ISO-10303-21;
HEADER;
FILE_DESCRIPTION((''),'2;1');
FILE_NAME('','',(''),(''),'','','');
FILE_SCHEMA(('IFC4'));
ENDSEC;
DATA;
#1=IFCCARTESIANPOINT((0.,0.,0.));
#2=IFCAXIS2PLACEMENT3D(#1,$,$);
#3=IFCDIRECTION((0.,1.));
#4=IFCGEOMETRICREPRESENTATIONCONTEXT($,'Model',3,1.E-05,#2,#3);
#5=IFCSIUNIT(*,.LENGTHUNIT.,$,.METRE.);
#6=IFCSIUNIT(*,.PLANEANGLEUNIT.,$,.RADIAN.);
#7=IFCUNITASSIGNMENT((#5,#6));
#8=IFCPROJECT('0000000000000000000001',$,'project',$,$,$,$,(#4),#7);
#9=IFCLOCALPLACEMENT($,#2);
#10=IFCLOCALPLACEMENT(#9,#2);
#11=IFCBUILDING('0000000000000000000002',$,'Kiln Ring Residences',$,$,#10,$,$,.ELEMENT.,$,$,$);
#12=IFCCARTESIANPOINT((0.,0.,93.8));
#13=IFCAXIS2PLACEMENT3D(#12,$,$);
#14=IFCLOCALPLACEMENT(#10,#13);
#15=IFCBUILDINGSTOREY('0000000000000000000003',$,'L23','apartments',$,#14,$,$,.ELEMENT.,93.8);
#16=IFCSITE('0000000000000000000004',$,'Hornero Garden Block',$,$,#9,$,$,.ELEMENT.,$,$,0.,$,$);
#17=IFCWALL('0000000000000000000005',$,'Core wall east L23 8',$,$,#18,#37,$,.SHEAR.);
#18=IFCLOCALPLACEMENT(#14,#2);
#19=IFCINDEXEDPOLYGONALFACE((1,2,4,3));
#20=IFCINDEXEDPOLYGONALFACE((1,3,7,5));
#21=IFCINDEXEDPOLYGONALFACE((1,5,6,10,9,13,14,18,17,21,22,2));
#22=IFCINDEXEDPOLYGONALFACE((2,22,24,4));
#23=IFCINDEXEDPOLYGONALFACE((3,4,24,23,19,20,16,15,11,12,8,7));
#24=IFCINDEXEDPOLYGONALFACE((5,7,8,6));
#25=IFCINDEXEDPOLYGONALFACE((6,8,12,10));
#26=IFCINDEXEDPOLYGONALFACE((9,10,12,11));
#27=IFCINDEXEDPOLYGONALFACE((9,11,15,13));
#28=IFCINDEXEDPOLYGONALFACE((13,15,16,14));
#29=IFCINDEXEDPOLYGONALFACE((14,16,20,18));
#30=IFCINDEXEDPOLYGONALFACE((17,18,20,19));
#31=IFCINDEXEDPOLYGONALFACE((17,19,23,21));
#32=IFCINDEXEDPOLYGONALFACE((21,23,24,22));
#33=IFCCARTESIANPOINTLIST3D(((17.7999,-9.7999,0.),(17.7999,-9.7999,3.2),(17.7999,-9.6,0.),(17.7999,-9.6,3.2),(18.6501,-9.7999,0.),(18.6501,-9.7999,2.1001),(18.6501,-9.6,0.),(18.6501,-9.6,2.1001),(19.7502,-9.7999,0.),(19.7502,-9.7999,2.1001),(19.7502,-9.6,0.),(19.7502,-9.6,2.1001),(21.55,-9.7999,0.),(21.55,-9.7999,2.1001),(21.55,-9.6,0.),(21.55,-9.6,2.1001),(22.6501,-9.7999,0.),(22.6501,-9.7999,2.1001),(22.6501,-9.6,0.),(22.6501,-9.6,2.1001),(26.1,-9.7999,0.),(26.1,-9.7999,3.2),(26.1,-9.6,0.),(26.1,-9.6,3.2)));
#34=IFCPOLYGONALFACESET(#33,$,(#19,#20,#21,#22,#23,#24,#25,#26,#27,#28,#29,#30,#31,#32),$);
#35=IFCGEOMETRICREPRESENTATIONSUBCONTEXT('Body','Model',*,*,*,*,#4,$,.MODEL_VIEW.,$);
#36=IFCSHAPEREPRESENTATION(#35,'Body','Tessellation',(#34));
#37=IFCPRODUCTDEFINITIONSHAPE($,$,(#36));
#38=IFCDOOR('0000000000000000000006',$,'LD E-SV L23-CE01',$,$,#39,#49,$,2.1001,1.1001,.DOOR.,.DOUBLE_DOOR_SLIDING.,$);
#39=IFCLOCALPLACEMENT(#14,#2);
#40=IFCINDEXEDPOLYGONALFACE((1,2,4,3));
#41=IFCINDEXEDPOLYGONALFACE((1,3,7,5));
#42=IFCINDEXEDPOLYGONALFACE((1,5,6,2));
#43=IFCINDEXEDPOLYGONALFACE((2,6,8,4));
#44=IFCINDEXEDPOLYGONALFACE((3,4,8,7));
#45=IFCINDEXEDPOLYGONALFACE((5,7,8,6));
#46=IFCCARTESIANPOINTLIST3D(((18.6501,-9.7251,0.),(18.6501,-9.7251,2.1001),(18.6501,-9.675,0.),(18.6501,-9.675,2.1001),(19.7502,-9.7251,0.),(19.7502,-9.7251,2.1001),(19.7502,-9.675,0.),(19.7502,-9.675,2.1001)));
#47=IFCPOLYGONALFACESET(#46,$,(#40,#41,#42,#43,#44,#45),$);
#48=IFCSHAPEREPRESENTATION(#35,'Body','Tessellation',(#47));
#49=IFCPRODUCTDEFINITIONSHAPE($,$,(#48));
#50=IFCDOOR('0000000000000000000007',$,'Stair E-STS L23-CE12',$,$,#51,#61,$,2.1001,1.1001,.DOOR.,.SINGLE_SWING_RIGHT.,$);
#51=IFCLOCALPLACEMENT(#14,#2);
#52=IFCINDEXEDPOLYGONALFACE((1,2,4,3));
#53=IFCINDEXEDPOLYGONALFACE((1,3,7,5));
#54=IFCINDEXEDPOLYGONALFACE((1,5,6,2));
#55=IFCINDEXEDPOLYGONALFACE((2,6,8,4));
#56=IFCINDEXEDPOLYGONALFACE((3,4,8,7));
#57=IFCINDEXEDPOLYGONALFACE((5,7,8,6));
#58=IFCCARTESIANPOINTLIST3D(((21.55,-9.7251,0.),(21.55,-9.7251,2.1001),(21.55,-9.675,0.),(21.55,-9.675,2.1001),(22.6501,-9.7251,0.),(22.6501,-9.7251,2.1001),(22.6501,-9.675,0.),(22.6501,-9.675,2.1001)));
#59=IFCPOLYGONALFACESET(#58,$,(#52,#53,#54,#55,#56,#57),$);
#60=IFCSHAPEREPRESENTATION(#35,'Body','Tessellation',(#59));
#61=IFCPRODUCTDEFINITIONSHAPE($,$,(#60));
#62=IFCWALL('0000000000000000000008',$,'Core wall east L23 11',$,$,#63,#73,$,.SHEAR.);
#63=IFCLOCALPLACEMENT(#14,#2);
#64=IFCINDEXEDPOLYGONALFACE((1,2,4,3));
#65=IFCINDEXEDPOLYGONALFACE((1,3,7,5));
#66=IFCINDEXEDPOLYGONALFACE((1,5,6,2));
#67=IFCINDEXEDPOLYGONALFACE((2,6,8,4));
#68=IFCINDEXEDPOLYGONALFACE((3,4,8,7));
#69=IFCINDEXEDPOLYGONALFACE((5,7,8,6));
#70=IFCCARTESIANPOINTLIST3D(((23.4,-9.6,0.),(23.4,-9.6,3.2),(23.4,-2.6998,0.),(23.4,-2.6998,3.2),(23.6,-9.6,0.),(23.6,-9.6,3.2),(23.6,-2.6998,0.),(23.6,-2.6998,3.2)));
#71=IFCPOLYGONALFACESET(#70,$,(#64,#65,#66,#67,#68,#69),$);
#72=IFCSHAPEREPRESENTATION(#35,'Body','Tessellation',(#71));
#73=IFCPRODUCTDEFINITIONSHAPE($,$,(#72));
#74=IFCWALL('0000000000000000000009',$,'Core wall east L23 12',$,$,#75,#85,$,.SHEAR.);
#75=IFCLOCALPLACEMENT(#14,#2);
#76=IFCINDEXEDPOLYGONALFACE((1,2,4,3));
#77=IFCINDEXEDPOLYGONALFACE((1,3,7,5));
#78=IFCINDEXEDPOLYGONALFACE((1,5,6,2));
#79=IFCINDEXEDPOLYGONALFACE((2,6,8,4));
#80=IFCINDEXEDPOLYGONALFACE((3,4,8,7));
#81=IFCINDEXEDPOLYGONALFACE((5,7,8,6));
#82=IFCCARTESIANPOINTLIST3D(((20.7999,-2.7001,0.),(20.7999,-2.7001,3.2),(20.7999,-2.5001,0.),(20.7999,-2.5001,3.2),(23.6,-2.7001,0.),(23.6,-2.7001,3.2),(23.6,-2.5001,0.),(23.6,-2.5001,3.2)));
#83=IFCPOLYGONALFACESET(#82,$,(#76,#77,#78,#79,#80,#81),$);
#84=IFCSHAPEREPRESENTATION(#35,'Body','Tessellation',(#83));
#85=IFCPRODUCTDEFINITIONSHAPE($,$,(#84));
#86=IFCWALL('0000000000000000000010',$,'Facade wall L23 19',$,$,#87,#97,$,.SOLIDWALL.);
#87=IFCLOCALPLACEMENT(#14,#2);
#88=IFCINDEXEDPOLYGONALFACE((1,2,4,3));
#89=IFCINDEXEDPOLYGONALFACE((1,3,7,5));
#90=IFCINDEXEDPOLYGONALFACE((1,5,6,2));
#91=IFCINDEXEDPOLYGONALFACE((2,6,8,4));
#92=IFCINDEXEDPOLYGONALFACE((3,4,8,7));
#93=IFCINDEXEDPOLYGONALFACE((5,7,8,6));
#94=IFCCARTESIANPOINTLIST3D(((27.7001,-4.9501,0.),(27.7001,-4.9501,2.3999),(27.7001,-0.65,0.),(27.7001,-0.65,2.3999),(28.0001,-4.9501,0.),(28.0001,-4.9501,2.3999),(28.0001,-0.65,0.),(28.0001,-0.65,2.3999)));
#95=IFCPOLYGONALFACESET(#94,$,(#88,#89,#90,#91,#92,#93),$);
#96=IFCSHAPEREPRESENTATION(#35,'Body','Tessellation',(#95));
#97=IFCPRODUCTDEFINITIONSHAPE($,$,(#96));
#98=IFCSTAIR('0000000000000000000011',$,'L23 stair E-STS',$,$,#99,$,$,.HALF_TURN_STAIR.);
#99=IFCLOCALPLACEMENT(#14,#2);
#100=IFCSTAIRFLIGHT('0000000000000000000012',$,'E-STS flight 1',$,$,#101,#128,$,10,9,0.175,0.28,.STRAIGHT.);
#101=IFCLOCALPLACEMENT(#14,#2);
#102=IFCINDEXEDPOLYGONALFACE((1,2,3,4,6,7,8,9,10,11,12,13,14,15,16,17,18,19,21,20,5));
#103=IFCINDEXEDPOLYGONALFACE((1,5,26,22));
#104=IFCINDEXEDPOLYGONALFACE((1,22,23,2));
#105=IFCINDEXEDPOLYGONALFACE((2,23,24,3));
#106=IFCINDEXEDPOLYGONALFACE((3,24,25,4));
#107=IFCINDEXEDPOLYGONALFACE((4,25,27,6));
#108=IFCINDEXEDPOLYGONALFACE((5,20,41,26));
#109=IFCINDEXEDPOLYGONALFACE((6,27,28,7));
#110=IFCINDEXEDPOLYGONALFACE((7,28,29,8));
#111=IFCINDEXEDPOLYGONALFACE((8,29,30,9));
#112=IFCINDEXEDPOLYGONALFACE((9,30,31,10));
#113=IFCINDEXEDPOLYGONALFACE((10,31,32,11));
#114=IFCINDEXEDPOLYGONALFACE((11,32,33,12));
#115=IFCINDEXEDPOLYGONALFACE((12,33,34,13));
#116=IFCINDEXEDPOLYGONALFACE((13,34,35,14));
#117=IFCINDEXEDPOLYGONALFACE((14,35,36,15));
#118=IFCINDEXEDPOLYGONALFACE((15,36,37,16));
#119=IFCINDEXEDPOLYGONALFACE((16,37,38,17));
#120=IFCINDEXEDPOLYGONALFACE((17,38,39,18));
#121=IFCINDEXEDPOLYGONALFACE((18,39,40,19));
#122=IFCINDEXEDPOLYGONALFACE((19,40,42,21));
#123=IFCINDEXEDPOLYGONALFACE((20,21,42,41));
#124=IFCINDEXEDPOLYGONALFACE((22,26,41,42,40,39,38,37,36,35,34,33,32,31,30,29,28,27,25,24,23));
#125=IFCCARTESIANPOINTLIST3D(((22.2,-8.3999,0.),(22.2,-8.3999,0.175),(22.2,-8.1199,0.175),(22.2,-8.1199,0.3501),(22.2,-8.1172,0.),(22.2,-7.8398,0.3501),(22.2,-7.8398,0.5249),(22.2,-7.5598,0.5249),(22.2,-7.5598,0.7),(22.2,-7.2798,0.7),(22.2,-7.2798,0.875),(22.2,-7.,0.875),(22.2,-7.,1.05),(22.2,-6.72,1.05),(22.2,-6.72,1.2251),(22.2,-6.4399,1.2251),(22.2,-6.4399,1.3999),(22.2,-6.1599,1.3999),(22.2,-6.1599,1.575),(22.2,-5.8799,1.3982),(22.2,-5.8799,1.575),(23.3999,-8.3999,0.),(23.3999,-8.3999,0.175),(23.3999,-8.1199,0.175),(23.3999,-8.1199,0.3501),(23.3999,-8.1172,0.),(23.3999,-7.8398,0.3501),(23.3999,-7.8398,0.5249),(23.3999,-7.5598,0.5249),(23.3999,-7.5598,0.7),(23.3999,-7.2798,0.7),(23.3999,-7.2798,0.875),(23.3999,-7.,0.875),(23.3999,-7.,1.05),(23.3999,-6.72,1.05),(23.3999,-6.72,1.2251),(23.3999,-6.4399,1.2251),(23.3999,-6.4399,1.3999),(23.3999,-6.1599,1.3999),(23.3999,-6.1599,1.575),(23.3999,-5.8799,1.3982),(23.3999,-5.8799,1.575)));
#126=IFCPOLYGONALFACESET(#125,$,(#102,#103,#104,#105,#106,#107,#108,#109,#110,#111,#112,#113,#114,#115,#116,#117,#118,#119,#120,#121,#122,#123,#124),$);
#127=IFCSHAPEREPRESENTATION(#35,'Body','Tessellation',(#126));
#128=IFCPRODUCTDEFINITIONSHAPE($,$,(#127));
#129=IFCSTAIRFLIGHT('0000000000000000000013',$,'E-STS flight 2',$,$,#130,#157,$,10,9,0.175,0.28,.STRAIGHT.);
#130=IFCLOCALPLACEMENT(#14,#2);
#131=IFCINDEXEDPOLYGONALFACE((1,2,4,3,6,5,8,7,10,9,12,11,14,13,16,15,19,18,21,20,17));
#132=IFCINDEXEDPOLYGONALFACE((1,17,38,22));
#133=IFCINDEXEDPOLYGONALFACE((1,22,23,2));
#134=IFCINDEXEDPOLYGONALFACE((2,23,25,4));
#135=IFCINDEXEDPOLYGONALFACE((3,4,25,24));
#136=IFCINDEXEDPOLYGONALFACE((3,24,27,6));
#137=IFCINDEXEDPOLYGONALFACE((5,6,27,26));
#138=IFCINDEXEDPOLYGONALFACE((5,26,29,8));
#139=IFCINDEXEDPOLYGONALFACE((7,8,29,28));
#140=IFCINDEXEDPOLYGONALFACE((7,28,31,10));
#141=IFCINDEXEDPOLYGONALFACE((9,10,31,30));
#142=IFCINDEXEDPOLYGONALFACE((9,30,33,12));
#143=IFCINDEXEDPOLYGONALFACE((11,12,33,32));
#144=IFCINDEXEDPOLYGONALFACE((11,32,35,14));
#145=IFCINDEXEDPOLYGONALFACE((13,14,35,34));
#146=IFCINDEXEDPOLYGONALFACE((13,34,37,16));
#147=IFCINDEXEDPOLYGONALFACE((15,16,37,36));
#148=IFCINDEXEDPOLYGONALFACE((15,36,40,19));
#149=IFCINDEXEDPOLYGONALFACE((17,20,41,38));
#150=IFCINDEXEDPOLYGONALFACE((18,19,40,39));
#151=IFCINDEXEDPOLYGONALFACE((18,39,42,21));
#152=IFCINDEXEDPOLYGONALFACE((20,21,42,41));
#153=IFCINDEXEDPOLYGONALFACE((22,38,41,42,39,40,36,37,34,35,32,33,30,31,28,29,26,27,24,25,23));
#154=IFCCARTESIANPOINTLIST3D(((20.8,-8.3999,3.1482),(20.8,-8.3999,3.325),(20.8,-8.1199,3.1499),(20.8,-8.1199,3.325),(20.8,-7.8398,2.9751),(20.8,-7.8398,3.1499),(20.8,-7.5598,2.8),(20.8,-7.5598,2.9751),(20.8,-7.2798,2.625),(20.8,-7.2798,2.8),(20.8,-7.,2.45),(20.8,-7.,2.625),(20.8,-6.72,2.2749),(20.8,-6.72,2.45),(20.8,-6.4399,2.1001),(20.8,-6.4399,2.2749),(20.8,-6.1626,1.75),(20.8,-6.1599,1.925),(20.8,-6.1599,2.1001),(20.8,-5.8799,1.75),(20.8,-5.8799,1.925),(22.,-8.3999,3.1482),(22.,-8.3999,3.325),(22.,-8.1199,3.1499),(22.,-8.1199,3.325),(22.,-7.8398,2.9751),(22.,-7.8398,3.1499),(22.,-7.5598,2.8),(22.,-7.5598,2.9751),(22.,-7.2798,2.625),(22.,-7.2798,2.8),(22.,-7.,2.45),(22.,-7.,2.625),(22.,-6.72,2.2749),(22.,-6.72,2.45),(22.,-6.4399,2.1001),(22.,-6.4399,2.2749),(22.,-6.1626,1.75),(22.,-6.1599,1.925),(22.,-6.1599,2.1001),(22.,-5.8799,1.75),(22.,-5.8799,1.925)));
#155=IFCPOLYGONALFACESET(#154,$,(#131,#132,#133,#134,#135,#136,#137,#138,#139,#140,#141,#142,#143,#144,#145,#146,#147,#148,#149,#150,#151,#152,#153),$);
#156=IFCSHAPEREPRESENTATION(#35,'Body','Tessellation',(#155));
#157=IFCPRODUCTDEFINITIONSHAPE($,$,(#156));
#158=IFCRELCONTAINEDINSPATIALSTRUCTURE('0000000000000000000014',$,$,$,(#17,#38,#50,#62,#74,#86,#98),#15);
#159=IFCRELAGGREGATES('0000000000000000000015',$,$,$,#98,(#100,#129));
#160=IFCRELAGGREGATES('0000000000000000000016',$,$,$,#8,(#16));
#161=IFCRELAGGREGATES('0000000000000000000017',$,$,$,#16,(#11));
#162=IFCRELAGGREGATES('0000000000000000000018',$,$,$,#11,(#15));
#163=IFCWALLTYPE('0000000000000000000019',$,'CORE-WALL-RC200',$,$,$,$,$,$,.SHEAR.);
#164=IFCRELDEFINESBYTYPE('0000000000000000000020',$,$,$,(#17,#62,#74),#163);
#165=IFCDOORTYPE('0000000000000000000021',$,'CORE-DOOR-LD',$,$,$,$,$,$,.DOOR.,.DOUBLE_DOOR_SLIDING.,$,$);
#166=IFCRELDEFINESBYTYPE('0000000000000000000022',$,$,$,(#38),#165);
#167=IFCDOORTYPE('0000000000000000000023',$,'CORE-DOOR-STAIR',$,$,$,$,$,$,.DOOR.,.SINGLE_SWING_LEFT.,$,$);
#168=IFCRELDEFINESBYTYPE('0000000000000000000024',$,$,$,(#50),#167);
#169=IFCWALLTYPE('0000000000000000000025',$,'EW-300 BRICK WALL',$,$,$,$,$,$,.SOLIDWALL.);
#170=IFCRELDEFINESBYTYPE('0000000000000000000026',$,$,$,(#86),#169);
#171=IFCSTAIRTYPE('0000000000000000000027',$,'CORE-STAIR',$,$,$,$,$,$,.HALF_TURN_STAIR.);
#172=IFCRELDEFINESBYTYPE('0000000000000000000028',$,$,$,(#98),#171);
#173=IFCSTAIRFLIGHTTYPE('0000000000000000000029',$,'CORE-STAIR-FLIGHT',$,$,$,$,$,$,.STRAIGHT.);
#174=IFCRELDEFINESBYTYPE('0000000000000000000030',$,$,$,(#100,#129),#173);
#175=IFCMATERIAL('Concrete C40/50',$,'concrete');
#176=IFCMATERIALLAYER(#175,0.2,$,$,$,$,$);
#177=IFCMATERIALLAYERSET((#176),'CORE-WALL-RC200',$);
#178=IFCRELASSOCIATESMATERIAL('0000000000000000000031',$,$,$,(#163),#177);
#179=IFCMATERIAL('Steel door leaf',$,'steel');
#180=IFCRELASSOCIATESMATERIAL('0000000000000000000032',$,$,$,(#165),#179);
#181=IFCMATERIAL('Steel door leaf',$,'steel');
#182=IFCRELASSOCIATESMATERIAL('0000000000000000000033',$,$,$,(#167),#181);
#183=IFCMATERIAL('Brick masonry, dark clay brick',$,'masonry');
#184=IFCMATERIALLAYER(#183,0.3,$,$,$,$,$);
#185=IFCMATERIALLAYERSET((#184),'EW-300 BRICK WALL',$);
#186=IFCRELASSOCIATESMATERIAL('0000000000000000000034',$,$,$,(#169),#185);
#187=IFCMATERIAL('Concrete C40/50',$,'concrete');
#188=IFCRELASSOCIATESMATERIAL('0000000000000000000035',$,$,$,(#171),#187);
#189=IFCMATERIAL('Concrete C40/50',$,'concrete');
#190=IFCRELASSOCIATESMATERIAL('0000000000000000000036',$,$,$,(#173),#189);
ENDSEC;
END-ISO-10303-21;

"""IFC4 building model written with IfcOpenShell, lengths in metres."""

from ifc_helpers import new_model, si_unit, direction, frame, frame_2d, origin, place, context, subcontext, project, spatial, polyline, rectangle, outline, extrude, material, layer, layer_set, type_object, element, fill, aggregate, save


model = new_model("IFC4")

# Units and contexts
model_context = context("Model", 3, precision=1e-05, world=origin(), true_north=direction((0.0, 1.0)))
body_context = subcontext(model_context, "Body", "Model", "MODEL_VIEW")
ifc_project = project(units=[si_unit("LENGTHUNIT", "METRE"), si_unit("PLANEANGLEUNIT", "RADIAN")], contexts=[model_context])

# Site, building, storey
site_placement = place(None, origin())
site = spatial("IfcSite", under=ifc_project, at=site_placement, Name="Hornero Garden Block", CompositionType="ELEMENT", RefElevation=0.0)
building_placement = place(site_placement, origin())
building = spatial("IfcBuilding", under=site, at=building_placement, Name="Kiln Ring Residences", CompositionType="ELEMENT")
storey_placement = place(building_placement, frame((0.0, 0.0, 93.8)))
storey = spatial("IfcBuildingStorey", under=building, at=storey_placement, Name="L23", Description="apartments", CompositionType="ELEMENT", Elevation=93.8)

# Shared definitions
ifc_material_1 = material(Name="Concrete C40/50", Category="concrete")
ifc_layer_1 = layer(ifc_material_1, 0.2)
ifc_layer_set_1 = layer_set([ifc_layer_1], Name="CORE-WALL-RC200")
wall_type_1 = type_object("IfcWallType", Name="CORE-WALL-RC200", PredefinedType="SHEAR", material=ifc_layer_set_1)

# Wall, openings, doors
wall_1_placement = place(storey_placement, frame((17.8, -9.7, 0.0), z_axis=(0.0, 0.0, 1.0), x_axis=(1.0, 0.0, 0.0)))
wall_1 = element("IfcWall", 1, at=wall_1_placement, inside=storey, type_object=wall_type_1, Name="Core wall east L23 8", PredefinedType="SHEAR", context=body_context, shape_type="SweptSolid", body=[
    extrude(rectangle(XDim=8.3, YDim=0.2, at=frame_2d((4.1499, 0.0))), origin(), (0.0, 0.0, 1.0), 3.2),
])
opening_1_placement = place(wall_1_placement, frame((0.8501, 0.0, 0.0)))
opening_1 = element("IfcOpeningElement", 2, at=opening_1_placement, cuts=wall_1, PredefinedType="OPENING", context=body_context, shape_type="SweptSolid", body=[
    extrude(rectangle(XDim=1.1001, YDim=2.1001, at=frame_2d((0.55, 1.05))), frame((0.0, 0.1099, 0.0), z_axis=(0.0, -1.0, 0.0), x_axis=(1.0, 0.0, 0.0)), (0.0, 0.0, 1.0), 0.22),
])
opening_2_placement = place(wall_1_placement, frame((3.75, 0.0, 0.0)))
opening_2 = element("IfcOpeningElement", 3, at=opening_2_placement, cuts=wall_1, PredefinedType="OPENING", context=body_context, shape_type="SweptSolid", body=[
    extrude(rectangle(XDim=1.1001, YDim=2.1001, at=frame_2d((0.55, 1.05))), frame((0.0, 0.1099, 0.0), z_axis=(0.0, -1.0, 0.0), x_axis=(1.0, 0.0, 0.0)), (0.0, 0.0, 1.0), 0.22),
])
ifc_material_2 = material(Name="Steel door leaf", Category="steel")
door_type_1 = type_object("IfcDoorType", Name="CORE-DOOR-LD", OperationType="DOUBLE_DOOR_SLIDING", PredefinedType="DOOR", material=ifc_material_2)
door_1_placement = place(opening_1_placement, origin())
door_1 = element("IfcDoor", 4, at=door_1_placement, inside=storey, type_object=door_type_1, Name="LD E-SV L23-CE01", OperationType="DOUBLE_DOOR_SLIDING", OverallHeight=2.1001, OverallWidth=1.1001, PredefinedType="DOOR", context=body_context, shape_type="SweptSolid", body=[
    extrude(rectangle(XDim=1.1001, YDim=2.1001, at=frame_2d((0.55, 1.05))), frame((0.0, 0.0249, 0.0), z_axis=(0.0, -1.0, 0.0), x_axis=(1.0, 0.0, 0.0)), (0.0, 0.0, 1.0), 0.05),
])
fill(opening_1, door_1)
ifc_material_3 = material(Name="Steel door leaf", Category="steel")
door_type_2 = type_object("IfcDoorType", Name="CORE-DOOR-STAIR", OperationType="SINGLE_SWING_LEFT", PredefinedType="DOOR", material=ifc_material_3)
door_2_placement = place(opening_2_placement, origin())
door_2 = element("IfcDoor", 5, at=door_2_placement, inside=storey, type_object=door_type_2, Name="Stair E-STS L23-CE12", OperationType="SINGLE_SWING_RIGHT", OverallHeight=2.1001, OverallWidth=1.1001, PredefinedType="DOOR", context=body_context, shape_type="SweptSolid", body=[
    extrude(rectangle(XDim=1.1001, YDim=2.1001, at=frame_2d((0.55, 1.05))), frame((0.0, 0.0249, 0.0), z_axis=(0.0, -1.0, 0.0), x_axis=(1.0, 0.0, 0.0)), (0.0, 0.0, 1.0), 0.05),
])
fill(opening_2, door_2)

# Walls
wall_2_placement = place(storey_placement, frame((23.5, -9.6001, 0.0), z_axis=(0.0, 0.0, 1.0), x_axis=(0.0, 1.0, 0.0)))
element("IfcWall", 6, at=wall_2_placement, inside=storey, type_object=wall_type_1, Name="Core wall east L23 11", PredefinedType="SHEAR", context=body_context, shape_type="SweptSolid", body=[
    extrude(rectangle(XDim=6.9001, YDim=0.2, at=frame_2d((3.4502, 0.0))), origin(), (0.0, 0.0, 1.0), 3.2),
])
wall_3_placement = place(storey_placement, frame((20.8, -2.6001, 0.0), z_axis=(0.0, 0.0, 1.0), x_axis=(1.0, 0.0, 0.0)))
element("IfcWall", 7, at=wall_3_placement, inside=storey, type_object=wall_type_1, Name="Core wall east L23 12", PredefinedType="SHEAR", context=body_context, shape_type="SweptSolid", body=[
    extrude(rectangle(XDim=2.8, YDim=0.2, at=frame_2d((1.3999, 0.0))), origin(), (0.0, 0.0, 1.0), 3.2),
])
ifc_material_4 = material(Name="Brick masonry, dark clay brick", Category="masonry")
ifc_layer_2 = layer(ifc_material_4, 0.3)
ifc_layer_set_2 = layer_set([ifc_layer_2], Name="EW-300 BRICK WALL")
wall_type_2 = type_object("IfcWallType", Name="EW-300 BRICK WALL", PredefinedType="SOLIDWALL", material=ifc_layer_set_2)
wall_4_placement = place(storey_placement, frame((27.8501, -4.95, 0.0), z_axis=(0.0, 0.0, 1.0), x_axis=(0.0, 1.0, 0.0)))
element("IfcWall", 8, at=wall_4_placement, inside=storey, type_object=wall_type_2, Name="Facade wall L23 19", PredefinedType="SOLIDWALL", context=body_context, shape_type="SweptSolid", body=[
    extrude(rectangle(XDim=4.3, YDim=0.3, at=frame_2d((2.1499, 0.0))), origin(), (0.0, 0.0, 1.0), 2.3999),
])

# Stair, stair flights
ifc_material_5 = material(Name="Concrete C40/50", Category="concrete")
stair_type = type_object("IfcStairType", Name="CORE-STAIR", PredefinedType="HALF_TURN_STAIR", material=ifc_material_5)
stair_placement = place(storey_placement, origin())
stair = element("IfcStair", 9, at=stair_placement, inside=storey, type_object=stair_type, Name="L23 stair E-STS", PredefinedType="HALF_TURN_STAIR")
ifc_material_6 = material(Name="Concrete C40/50", Category="concrete")
stair_flight_type = type_object("IfcStairFlightType", Name="CORE-STAIR-FLIGHT", PredefinedType="STRAIGHT", material=ifc_material_6)
stair_flight_1_placement = place(storey_placement, frame((22.8, -8.3999, 0.0), z_axis=(0.0, 0.0, 1.0), x_axis=(0.0, 1.0, 0.0)))
stair_flight_1 = element("IfcStairFlight", 10, at=stair_flight_1_placement, type_object=stair_flight_type, Name="E-STS flight 1", NumberOfRisers=10, NumberOfTreads=9, PredefinedType="STRAIGHT", RiserHeight=0.175, TreadLength=0.28, context=body_context, shape_type="SweptSolid", body=[
    extrude(outline(polyline([(0.0, 0.0), (0.0, 0.175), (0.28, 0.175), (0.28, 0.3501), (0.5601, 0.3501), (0.5601, 0.5249), (0.8401, 0.5249), (0.8401, 0.7), (1.1201, 0.7), (1.1201, 0.875), (1.3999, 0.875), (1.3999, 1.05), (1.6799, 1.05), (1.6799, 1.2251), (1.96, 1.2251), (1.96, 1.3999), (2.24, 1.3999), (2.24, 1.575), (2.52, 1.575), (2.52, 1.75), (2.52, 1.3982), (0.2827, 0.0), (0.0, 0.0)])), frame((0.0, 0.6001, 0.0), z_axis=(0.0, -1.0, 0.0), x_axis=(1.0, 0.0, 0.0)), (0.0, 0.0, 1.0), 1.2),
])
stair_flight_2_placement = place(storey_placement, frame((21.3999, -5.8799, 1.75), z_axis=(0.0, 0.0, 1.0), x_axis=(0.0, -1.0, 0.0)))
stair_flight_2 = element("IfcStairFlight", 11, at=stair_flight_2_placement, type_object=stair_flight_type, Name="E-STS flight 2", NumberOfRisers=10, NumberOfTreads=9, PredefinedType="STRAIGHT", RiserHeight=0.175, TreadLength=0.28, context=body_context, shape_type="SweptSolid", body=[
    extrude(outline(polyline([(0.0, 0.0), (0.0, 0.175), (0.28, 0.175), (0.28, 0.3501), (0.5601, 0.3501), (0.5601, 0.5249), (0.8401, 0.5249), (0.8401, 0.7), (1.1201, 0.7), (1.1201, 0.875), (1.3999, 0.875), (1.3999, 1.05), (1.6799, 1.05), (1.6799, 1.2251), (1.96, 1.2251), (1.96, 1.3999), (2.24, 1.3999), (2.24, 1.575), (2.52, 1.575), (2.52, 1.75), (2.52, 1.3982), (0.2827, 0.0), (0.0, 0.0)])), frame((0.0, 0.6001, 0.0), z_axis=(0.0, -1.0, 0.0), x_axis=(1.0, 0.0, 0.0)), (0.0, 0.0, 1.0), 1.2),
])
aggregate(stair, [stair_flight_1, stair_flight_2])

save(model, "model.ifc")
